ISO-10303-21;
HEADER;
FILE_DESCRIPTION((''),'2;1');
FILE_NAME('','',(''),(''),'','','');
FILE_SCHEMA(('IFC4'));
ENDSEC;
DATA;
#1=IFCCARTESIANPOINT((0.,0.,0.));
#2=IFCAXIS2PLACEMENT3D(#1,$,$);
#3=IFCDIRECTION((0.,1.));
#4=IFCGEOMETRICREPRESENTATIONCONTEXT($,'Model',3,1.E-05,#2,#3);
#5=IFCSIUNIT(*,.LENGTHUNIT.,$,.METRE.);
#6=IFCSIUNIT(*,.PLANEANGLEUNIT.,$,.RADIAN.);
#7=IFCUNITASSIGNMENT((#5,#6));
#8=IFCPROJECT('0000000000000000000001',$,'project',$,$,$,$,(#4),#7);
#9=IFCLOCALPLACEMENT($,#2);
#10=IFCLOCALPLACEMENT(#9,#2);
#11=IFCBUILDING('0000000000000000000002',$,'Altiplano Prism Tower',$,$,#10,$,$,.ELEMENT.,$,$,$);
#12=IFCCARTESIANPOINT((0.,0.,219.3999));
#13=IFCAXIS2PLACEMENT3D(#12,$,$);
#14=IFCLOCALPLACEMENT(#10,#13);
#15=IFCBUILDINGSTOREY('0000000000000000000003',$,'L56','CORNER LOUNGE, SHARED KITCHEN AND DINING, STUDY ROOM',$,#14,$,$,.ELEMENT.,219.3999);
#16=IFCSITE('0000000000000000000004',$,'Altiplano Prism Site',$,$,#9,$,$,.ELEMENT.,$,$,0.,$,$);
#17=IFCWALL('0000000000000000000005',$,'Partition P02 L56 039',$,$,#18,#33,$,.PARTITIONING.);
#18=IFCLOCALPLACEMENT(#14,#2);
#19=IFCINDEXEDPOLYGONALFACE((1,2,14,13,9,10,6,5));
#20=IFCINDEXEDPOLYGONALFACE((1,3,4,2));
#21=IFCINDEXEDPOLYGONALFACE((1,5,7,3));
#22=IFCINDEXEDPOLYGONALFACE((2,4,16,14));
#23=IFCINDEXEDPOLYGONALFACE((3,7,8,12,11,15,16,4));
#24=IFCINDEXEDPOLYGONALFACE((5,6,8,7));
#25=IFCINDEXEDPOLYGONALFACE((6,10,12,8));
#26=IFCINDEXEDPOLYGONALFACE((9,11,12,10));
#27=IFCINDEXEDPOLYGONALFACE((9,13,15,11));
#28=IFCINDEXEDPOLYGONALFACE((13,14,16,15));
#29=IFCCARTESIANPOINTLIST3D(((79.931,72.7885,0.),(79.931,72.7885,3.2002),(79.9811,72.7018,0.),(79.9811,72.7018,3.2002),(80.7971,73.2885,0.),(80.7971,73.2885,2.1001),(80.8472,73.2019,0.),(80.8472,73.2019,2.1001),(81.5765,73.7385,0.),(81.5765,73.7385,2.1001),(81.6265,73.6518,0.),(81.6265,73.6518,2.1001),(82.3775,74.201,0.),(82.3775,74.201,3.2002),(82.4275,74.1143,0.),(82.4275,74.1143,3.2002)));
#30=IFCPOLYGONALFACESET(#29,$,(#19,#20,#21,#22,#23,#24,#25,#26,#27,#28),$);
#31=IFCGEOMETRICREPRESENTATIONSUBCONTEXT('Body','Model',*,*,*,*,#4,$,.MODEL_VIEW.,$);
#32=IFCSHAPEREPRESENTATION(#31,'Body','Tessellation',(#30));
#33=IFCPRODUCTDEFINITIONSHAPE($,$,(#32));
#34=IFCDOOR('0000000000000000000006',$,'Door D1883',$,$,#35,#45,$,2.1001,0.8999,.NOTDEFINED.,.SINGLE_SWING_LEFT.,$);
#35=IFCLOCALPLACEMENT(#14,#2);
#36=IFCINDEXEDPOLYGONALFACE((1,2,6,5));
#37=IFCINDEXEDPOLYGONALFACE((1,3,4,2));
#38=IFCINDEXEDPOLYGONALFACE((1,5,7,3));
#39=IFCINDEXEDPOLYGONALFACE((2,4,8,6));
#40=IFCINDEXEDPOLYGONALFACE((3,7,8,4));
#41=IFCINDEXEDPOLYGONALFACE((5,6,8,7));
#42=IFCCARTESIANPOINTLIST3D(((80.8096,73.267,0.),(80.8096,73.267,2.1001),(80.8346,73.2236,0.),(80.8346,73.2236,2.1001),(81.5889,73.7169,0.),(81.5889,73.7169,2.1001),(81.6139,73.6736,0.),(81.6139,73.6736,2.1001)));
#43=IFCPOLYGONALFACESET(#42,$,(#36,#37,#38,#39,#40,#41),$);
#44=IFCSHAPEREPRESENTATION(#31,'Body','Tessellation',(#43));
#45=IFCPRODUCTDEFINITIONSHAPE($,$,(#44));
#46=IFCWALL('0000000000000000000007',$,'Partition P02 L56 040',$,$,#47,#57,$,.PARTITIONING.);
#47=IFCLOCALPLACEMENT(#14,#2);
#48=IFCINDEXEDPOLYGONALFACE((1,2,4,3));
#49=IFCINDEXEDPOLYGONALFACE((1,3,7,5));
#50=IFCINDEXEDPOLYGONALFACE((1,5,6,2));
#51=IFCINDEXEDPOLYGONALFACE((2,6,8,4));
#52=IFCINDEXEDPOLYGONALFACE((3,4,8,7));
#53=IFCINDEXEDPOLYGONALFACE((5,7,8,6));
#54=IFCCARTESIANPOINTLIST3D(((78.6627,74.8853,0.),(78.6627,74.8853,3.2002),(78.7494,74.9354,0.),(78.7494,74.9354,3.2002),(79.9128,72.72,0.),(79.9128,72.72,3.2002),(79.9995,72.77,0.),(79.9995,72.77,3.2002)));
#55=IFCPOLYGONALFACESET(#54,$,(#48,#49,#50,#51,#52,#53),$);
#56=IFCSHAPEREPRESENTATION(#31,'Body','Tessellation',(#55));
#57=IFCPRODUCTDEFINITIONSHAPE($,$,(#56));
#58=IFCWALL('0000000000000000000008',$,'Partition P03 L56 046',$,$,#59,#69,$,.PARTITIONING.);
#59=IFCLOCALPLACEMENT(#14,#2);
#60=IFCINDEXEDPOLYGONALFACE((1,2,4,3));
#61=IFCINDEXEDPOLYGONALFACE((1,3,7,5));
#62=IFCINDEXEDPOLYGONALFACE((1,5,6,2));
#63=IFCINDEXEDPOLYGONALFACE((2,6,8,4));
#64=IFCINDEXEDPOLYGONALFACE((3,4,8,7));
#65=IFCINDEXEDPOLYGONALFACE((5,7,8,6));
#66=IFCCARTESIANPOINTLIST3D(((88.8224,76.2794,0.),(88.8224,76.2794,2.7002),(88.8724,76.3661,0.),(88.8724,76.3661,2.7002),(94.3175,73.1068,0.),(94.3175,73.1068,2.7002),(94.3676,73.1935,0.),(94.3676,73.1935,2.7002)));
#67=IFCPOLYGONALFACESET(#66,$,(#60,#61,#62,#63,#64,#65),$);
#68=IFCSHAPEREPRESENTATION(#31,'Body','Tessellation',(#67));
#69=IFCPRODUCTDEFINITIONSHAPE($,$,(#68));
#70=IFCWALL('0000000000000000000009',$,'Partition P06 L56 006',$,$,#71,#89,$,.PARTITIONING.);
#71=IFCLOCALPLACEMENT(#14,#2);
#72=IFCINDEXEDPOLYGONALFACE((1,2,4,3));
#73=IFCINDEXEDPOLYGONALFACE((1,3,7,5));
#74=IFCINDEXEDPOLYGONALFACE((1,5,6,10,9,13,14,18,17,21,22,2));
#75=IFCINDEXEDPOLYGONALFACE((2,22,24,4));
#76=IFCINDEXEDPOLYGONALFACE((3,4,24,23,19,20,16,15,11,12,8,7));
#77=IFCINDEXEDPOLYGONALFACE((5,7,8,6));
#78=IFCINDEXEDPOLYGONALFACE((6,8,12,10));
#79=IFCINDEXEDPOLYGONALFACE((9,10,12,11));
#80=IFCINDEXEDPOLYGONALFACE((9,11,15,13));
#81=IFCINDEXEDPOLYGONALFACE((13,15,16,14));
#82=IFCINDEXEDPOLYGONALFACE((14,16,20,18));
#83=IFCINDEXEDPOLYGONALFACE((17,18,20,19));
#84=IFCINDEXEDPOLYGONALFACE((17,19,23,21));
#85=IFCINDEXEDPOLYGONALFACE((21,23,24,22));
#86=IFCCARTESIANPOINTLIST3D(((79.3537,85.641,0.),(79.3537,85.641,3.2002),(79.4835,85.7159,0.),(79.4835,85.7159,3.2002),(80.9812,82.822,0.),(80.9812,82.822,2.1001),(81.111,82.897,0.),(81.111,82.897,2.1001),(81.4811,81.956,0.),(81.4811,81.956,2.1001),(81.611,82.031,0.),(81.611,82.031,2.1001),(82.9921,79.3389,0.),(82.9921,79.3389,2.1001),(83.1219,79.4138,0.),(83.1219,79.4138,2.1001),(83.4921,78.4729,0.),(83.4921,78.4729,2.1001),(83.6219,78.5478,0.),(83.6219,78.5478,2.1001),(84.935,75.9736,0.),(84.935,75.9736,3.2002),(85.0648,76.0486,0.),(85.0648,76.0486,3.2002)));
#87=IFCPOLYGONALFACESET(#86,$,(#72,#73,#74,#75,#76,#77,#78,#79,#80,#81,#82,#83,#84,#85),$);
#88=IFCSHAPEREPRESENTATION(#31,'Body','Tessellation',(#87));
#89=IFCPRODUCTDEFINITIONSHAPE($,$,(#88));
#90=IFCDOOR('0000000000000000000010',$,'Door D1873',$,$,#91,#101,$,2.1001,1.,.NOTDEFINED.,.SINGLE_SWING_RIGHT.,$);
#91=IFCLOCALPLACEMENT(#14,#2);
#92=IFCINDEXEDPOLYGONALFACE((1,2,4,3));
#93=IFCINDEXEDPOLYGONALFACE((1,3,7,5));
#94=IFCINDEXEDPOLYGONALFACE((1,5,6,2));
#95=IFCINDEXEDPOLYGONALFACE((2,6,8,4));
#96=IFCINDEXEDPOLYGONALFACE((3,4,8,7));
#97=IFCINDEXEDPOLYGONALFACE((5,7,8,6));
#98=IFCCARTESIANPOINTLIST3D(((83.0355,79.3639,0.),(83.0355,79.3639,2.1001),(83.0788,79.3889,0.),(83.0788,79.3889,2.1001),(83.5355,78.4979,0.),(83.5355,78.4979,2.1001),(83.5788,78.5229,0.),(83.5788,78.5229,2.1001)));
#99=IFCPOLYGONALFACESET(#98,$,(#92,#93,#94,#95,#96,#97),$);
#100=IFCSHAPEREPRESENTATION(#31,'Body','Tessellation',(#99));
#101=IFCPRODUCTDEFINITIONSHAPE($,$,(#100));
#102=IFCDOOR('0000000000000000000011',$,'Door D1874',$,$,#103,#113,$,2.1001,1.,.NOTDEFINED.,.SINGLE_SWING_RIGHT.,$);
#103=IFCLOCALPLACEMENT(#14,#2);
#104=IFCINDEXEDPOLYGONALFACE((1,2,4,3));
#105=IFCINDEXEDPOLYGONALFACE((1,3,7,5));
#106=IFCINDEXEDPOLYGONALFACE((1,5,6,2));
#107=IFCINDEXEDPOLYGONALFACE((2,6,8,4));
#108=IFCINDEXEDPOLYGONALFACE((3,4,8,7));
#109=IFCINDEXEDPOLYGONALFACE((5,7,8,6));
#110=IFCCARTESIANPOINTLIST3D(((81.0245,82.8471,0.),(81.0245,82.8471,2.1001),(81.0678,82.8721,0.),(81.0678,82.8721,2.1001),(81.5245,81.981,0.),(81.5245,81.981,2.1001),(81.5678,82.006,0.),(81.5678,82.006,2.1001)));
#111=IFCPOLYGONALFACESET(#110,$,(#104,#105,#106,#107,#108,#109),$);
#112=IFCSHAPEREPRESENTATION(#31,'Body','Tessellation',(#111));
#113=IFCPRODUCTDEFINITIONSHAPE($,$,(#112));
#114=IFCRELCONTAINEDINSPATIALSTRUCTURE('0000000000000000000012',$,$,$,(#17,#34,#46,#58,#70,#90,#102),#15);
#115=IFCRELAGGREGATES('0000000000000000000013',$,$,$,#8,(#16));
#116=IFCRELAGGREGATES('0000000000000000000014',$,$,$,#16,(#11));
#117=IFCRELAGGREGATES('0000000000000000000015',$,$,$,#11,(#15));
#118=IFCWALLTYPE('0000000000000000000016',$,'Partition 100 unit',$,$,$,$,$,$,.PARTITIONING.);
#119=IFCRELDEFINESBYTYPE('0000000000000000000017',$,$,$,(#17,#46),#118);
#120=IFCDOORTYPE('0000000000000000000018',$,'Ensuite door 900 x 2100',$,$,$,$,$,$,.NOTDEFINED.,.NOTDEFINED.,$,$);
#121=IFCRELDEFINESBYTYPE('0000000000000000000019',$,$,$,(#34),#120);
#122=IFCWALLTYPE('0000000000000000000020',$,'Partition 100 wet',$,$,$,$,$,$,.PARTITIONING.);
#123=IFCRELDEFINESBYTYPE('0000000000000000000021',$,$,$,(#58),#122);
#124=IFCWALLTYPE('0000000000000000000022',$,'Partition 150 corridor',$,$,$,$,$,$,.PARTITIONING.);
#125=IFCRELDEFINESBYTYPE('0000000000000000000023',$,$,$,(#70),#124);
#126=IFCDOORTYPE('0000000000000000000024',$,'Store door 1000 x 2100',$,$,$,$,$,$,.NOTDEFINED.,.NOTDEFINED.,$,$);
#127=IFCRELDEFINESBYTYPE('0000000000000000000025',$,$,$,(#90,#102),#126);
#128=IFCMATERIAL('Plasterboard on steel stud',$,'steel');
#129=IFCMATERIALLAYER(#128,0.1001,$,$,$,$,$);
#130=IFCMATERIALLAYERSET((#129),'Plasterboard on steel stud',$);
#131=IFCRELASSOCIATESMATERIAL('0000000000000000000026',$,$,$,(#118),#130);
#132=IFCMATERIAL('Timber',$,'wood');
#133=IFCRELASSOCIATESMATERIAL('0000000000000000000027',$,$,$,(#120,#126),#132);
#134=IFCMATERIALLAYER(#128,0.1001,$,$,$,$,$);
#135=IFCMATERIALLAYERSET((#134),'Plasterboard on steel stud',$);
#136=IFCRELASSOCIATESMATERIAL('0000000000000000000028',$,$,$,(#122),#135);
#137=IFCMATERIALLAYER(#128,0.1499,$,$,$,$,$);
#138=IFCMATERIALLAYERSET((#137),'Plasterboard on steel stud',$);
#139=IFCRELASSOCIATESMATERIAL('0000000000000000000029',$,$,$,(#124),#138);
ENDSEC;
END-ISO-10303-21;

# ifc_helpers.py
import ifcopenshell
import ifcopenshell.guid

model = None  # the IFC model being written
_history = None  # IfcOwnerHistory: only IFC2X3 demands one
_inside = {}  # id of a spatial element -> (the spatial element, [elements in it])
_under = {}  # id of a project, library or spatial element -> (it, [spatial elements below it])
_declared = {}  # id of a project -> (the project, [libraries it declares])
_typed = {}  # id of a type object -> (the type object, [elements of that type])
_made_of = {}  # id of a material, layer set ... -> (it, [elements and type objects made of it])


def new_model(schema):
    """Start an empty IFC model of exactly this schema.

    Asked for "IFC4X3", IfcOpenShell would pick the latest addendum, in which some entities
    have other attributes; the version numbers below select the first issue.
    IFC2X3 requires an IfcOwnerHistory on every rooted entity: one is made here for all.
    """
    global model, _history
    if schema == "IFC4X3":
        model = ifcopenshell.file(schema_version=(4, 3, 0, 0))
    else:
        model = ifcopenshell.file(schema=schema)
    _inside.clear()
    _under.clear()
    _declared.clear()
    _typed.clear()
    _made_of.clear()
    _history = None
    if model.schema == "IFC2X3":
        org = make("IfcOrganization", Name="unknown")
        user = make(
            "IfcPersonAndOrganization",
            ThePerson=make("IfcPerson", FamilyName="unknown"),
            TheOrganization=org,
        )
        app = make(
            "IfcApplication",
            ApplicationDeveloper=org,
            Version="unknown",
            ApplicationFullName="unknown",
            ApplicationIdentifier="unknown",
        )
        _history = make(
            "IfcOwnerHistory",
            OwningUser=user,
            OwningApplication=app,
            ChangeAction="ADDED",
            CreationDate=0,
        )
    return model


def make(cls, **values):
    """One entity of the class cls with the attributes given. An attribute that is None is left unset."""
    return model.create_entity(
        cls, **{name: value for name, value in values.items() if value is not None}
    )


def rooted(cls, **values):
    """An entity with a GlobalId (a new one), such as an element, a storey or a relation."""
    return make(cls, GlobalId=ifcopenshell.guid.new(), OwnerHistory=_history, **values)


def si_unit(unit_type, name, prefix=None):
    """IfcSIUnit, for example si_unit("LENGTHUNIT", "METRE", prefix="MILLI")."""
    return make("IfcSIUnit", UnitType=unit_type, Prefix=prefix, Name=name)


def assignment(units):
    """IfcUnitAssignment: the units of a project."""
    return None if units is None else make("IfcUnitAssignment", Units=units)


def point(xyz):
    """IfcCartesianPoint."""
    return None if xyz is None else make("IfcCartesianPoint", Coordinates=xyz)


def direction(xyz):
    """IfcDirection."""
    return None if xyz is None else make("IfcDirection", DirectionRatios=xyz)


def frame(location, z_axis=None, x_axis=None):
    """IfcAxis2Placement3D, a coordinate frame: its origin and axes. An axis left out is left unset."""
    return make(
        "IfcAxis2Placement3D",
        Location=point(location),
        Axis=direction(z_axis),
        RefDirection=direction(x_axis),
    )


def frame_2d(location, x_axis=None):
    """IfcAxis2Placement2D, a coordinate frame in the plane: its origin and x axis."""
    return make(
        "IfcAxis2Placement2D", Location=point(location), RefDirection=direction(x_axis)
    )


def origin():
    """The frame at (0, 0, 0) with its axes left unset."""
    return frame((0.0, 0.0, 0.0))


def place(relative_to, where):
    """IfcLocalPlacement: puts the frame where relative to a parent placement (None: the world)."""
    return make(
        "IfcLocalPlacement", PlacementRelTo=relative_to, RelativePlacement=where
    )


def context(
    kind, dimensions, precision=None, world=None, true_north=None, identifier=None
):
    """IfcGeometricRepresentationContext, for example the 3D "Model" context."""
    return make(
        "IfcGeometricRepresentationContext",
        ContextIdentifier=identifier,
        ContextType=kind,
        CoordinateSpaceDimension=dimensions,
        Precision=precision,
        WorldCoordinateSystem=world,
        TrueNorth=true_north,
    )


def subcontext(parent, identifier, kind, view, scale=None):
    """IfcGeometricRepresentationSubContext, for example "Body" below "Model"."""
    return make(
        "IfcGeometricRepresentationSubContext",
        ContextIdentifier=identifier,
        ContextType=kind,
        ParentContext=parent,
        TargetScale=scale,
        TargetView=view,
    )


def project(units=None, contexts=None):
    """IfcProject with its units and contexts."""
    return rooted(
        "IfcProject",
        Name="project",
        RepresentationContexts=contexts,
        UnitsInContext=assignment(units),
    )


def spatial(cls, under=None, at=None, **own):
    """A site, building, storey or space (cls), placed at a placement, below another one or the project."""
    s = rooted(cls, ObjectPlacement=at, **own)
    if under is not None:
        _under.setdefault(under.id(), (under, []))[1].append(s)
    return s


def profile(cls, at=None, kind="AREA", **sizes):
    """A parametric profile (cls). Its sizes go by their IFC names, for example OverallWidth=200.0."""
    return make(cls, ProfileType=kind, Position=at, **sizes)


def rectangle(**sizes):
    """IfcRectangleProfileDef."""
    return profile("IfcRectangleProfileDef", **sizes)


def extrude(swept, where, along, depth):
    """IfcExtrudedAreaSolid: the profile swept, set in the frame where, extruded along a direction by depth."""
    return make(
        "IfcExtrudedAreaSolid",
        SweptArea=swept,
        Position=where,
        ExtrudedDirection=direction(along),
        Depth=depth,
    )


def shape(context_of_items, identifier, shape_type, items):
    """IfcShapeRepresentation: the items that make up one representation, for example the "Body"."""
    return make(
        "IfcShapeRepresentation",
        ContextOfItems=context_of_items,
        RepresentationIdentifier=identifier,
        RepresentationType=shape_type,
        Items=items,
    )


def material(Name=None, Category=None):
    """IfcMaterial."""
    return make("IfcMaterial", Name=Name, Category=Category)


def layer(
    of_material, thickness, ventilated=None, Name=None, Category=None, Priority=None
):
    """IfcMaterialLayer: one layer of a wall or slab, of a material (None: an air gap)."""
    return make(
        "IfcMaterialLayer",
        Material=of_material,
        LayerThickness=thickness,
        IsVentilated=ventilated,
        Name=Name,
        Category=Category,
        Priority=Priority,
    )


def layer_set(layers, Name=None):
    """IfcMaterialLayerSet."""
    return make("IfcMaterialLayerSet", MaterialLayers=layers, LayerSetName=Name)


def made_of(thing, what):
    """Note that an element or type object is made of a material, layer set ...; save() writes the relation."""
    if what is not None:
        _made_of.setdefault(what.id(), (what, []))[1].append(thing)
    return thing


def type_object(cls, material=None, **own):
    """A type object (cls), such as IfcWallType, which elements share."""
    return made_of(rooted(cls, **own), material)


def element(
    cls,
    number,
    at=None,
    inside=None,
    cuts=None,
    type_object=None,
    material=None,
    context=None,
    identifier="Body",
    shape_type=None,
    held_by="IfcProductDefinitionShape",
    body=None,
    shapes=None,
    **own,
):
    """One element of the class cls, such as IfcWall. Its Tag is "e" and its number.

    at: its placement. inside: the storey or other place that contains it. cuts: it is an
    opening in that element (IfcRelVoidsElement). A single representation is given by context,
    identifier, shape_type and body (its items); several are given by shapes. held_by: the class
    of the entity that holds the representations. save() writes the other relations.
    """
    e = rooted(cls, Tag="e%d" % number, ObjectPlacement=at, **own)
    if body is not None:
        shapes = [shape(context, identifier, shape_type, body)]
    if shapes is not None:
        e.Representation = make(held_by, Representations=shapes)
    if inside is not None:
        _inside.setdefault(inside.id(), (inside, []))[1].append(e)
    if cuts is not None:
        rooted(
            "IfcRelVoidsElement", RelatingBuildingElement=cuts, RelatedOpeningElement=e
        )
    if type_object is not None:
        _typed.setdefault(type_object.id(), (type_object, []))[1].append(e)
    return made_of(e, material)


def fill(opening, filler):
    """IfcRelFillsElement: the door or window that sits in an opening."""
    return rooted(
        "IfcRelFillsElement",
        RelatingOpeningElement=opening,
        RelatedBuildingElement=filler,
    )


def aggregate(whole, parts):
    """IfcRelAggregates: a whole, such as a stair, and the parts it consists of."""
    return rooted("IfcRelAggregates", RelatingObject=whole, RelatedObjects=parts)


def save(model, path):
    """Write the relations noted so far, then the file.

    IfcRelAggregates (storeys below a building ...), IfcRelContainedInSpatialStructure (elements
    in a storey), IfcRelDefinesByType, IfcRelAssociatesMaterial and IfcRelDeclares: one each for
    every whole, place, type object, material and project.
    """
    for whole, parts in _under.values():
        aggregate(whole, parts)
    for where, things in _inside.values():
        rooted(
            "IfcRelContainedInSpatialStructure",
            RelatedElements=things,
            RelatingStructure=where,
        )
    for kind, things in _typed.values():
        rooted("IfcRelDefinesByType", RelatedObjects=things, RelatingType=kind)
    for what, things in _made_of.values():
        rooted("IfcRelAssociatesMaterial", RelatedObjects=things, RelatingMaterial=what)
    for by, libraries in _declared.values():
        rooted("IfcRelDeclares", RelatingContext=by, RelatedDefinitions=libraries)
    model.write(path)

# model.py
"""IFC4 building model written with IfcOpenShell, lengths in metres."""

from ifc_helpers import new_model, si_unit, direction, frame, frame_2d, origin, place, context, subcontext, project, spatial, rectangle, extrude, material, layer, layer_set, type_object, element, fill, save


model = new_model("IFC4")

# Units and contexts
model_context = context("Model", 3, precision=1e-05, world=origin(), true_north=direction((0.0, 1.0)))
body_context = subcontext(model_context, "Body", "Model", "MODEL_VIEW")
ifc_project = project(units=[si_unit("LENGTHUNIT", "METRE"), si_unit("PLANEANGLEUNIT", "RADIAN")], contexts=[model_context])

# Site, building, storey
site_placement = place(None, origin())
site = spatial("IfcSite", under=ifc_project, at=site_placement, Name="Altiplano Prism Site", CompositionType="ELEMENT", RefElevation=0.0)
building_placement = place(site_placement, origin())
building = spatial("IfcBuilding", under=site, at=building_placement, Name="Altiplano Prism Tower", CompositionType="ELEMENT")
storey_placement = place(building_placement, frame((0.0, 0.0, 219.3999)))
storey = spatial("IfcBuildingStorey", under=building, at=storey_placement, Name="L56", Description="CORNER LOUNGE, SHARED KITCHEN AND DINING, STUDY ROOM", CompositionType="ELEMENT", Elevation=219.3999)

# Wall, opening, door
ifc_material_1 = material(Name="Plasterboard on steel stud", Category="steel")
ifc_layer_1 = layer(ifc_material_1, 0.1001)
ifc_layer_set_1 = layer_set([ifc_layer_1], Name="Plasterboard on steel stud")
wall_type_1 = type_object("IfcWallType", Name="Partition 100 unit", PredefinedType="PARTITIONING", material=ifc_layer_set_1)
ifc_material_2 = material(Name="Timber", Category="wood")
door_type_1 = type_object("IfcDoorType", Name="Ensuite door 900 x 2100", OperationType="NOTDEFINED", PredefinedType="NOTDEFINED", material=ifc_material_2)
wall_1_placement = place(storey_placement, frame((82.4026, 74.1577, 0.0), z_axis=(0.0, 0.0, 1.0), x_axis=(-0.866011, -0.500024, 0.0)))
wall_1 = element("IfcWall", 1, at=wall_1_placement, inside=storey, type_object=wall_type_1, Name="Partition P02 L56 039", PredefinedType="PARTITIONING", context=body_context, shape_type="SweptSolid", body=[
    extrude(rectangle(XDim=2.825, YDim=0.1001, at=frame_2d((1.4126, 0.0))), origin(), (0.0, 0.0, 1.0), 3.2002),
])
opening_1_placement = place(wall_1_placement, frame((0.925, 0.0, 0.0)))
opening_1 = element("IfcOpeningElement", 2, at=opening_1_placement, cuts=wall_1, PredefinedType="OPENING", context=body_context, shape_type="SweptSolid", body=[
    extrude(rectangle(XDim=0.8999, YDim=2.1001, at=frame_2d((0.45, 1.05))), frame((0.0, 0.0605, 0.0), z_axis=(0.0, -1.0, 0.0), x_axis=(1.0, 0.0, 0.0)), (0.0, 0.0, 1.0), 0.1211),
])
door_1_placement = place(opening_1_placement, origin())
door_1 = element("IfcDoor", 3, at=door_1_placement, inside=storey, type_object=door_type_1, Name="Door D1883", OperationType="SINGLE_SWING_LEFT", OverallHeight=2.1001, OverallWidth=0.8999, PredefinedType="NOTDEFINED", context=body_context, shape_type="SweptSolid", body=[
    extrude(rectangle(XDim=0.8999, YDim=2.1001, at=frame_2d((0.45, 1.05))), frame((0.0, 0.0249, 0.0), z_axis=(0.0, -1.0, 0.0), x_axis=(1.0, 0.0, 0.0)), (0.0, 0.0, 1.0), 0.05),
])
fill(opening_1, door_1)

# Walls
wall_2_placement = place(storey_placement, frame((79.9561, 72.7451, 0.0), z_axis=(0.0, 0.0, 1.0), x_axis=(-0.499962, 0.866047, 0.0)))
element("IfcWall", 4, at=wall_2_placement, inside=storey, type_object=wall_type_1, Name="Partition P02 L56 040", PredefinedType="PARTITIONING", context=body_context, shape_type="SweptSolid", body=[
    extrude(rectangle(XDim=2.5002, YDim=0.1001, at=frame_2d((1.25, 0.0))), origin(), (0.0, 0.0, 1.0), 3.2002),
])
ifc_layer_2 = layer(ifc_material_1, 0.1001)
ifc_layer_set_2 = layer_set([ifc_layer_2], Name="Plasterboard on steel stud")
wall_type_2 = type_object("IfcWallType", Name="Partition 100 wet", PredefinedType="PARTITIONING", material=ifc_layer_set_2)
wall_3_placement = place(storey_placement, frame((94.3425, 73.1501, 0.0), z_axis=(0.0, 0.0, 1.0), x_axis=(-0.866025, 0.5, 0.0)))
element("IfcWall", 5, at=wall_3_placement, inside=storey, type_object=wall_type_2, Name="Partition P03 L56 046", PredefinedType="PARTITIONING", context=body_context, shape_type="SweptSolid", body=[
    extrude(rectangle(XDim=6.3452, YDim=0.1001, at=frame_2d((3.1726, 0.0))), origin(), (0.0, 0.0, 1.0), 2.7002),
])

# Wall, openings, doors
ifc_layer_3 = layer(ifc_material_1, 0.1499)
ifc_layer_set_3 = layer_set([ifc_layer_3], Name="Plasterboard on steel stud")
wall_type_3 = type_object("IfcWallType", Name="Partition 150 corridor", PredefinedType="PARTITIONING", material=ifc_layer_set_3)
wall_4_placement = place(storey_placement, frame((85.0, 76.011, 0.0), z_axis=(0.0, 0.0, 1.0), x_axis=(-0.499994, 0.866029, 0.0)))
wall_4 = element("IfcWall", 6, at=wall_4_placement, inside=storey, type_object=wall_type_3, Name="Partition P06 L56 006", PredefinedType="PARTITIONING", context=body_context, shape_type="SweptSolid", body=[
    extrude(rectangle(XDim=11.1628, YDim=0.1499, at=frame_2d((5.5815, 0.0))), origin(), (0.0, 0.0, 1.0), 3.2002),
])
opening_2_placement = place(wall_4_placement, frame((2.886, 0.0, 0.0)))
opening_2 = element("IfcOpeningElement", 7, at=opening_2_placement, cuts=wall_4, PredefinedType="OPENING", context=body_context, shape_type="SweptSolid", body=[
    extrude(rectangle(XDim=1.0, YDim=2.1001, at=frame_2d((0.5, 1.05))), frame((0.0, 0.0854, 0.0), z_axis=(0.0, -1.0, 0.0), x_axis=(1.0, 0.0, 0.0)), (0.0, 0.0, 1.0), 0.1709),
])
opening_3_placement = place(wall_4_placement, frame((6.908, 0.0, 0.0)))
opening_3 = element("IfcOpeningElement", 8, at=opening_3_placement, cuts=wall_4, PredefinedType="OPENING", context=body_context, shape_type="SweptSolid", body=[
    extrude(rectangle(XDim=1.0, YDim=2.1001, at=frame_2d((0.5, 1.05))), frame((0.0, 0.0854, 0.0), z_axis=(0.0, -1.0, 0.0), x_axis=(1.0, 0.0, 0.0)), (0.0, 0.0, 1.0), 0.1709),
])
door_type_2 = type_object("IfcDoorType", Name="Store door 1000 x 2100", OperationType="NOTDEFINED", PredefinedType="NOTDEFINED", material=ifc_material_2)
door_2_placement = place(opening_2_placement, origin())
door_2 = element("IfcDoor", 9, at=door_2_placement, inside=storey, type_object=door_type_2, Name="Door D1873", OperationType="SINGLE_SWING_RIGHT", OverallHeight=2.1001, OverallWidth=1.0, PredefinedType="NOTDEFINED", context=body_context, shape_type="SweptSolid", body=[
    extrude(rectangle(XDim=1.0, YDim=2.1001, at=frame_2d((0.5, 1.05))), frame((0.0, 0.0249, 0.0), z_axis=(0.0, -1.0, 0.0), x_axis=(1.0, 0.0, 0.0)), (0.0, 0.0, 1.0), 0.05),
])
fill(opening_2, door_2)
door_3_placement = place(opening_3_placement, origin())
door_3 = element("IfcDoor", 10, at=door_3_placement, inside=storey, type_object=door_type_2, Name="Door D1874", OperationType="SINGLE_SWING_RIGHT", OverallHeight=2.1001, OverallWidth=1.0, PredefinedType="NOTDEFINED", context=body_context, shape_type="SweptSolid", body=[
    extrude(rectangle(XDim=1.0, YDim=2.1001, at=frame_2d((0.5, 1.05))), frame((0.0, 0.0249, 0.0), z_axis=(0.0, -1.0, 0.0), x_axis=(1.0, 0.0, 0.0)), (0.0, 0.0, 1.0), 0.05),
])
fill(opening_3, door_3)

save(model, "model.ifc")
